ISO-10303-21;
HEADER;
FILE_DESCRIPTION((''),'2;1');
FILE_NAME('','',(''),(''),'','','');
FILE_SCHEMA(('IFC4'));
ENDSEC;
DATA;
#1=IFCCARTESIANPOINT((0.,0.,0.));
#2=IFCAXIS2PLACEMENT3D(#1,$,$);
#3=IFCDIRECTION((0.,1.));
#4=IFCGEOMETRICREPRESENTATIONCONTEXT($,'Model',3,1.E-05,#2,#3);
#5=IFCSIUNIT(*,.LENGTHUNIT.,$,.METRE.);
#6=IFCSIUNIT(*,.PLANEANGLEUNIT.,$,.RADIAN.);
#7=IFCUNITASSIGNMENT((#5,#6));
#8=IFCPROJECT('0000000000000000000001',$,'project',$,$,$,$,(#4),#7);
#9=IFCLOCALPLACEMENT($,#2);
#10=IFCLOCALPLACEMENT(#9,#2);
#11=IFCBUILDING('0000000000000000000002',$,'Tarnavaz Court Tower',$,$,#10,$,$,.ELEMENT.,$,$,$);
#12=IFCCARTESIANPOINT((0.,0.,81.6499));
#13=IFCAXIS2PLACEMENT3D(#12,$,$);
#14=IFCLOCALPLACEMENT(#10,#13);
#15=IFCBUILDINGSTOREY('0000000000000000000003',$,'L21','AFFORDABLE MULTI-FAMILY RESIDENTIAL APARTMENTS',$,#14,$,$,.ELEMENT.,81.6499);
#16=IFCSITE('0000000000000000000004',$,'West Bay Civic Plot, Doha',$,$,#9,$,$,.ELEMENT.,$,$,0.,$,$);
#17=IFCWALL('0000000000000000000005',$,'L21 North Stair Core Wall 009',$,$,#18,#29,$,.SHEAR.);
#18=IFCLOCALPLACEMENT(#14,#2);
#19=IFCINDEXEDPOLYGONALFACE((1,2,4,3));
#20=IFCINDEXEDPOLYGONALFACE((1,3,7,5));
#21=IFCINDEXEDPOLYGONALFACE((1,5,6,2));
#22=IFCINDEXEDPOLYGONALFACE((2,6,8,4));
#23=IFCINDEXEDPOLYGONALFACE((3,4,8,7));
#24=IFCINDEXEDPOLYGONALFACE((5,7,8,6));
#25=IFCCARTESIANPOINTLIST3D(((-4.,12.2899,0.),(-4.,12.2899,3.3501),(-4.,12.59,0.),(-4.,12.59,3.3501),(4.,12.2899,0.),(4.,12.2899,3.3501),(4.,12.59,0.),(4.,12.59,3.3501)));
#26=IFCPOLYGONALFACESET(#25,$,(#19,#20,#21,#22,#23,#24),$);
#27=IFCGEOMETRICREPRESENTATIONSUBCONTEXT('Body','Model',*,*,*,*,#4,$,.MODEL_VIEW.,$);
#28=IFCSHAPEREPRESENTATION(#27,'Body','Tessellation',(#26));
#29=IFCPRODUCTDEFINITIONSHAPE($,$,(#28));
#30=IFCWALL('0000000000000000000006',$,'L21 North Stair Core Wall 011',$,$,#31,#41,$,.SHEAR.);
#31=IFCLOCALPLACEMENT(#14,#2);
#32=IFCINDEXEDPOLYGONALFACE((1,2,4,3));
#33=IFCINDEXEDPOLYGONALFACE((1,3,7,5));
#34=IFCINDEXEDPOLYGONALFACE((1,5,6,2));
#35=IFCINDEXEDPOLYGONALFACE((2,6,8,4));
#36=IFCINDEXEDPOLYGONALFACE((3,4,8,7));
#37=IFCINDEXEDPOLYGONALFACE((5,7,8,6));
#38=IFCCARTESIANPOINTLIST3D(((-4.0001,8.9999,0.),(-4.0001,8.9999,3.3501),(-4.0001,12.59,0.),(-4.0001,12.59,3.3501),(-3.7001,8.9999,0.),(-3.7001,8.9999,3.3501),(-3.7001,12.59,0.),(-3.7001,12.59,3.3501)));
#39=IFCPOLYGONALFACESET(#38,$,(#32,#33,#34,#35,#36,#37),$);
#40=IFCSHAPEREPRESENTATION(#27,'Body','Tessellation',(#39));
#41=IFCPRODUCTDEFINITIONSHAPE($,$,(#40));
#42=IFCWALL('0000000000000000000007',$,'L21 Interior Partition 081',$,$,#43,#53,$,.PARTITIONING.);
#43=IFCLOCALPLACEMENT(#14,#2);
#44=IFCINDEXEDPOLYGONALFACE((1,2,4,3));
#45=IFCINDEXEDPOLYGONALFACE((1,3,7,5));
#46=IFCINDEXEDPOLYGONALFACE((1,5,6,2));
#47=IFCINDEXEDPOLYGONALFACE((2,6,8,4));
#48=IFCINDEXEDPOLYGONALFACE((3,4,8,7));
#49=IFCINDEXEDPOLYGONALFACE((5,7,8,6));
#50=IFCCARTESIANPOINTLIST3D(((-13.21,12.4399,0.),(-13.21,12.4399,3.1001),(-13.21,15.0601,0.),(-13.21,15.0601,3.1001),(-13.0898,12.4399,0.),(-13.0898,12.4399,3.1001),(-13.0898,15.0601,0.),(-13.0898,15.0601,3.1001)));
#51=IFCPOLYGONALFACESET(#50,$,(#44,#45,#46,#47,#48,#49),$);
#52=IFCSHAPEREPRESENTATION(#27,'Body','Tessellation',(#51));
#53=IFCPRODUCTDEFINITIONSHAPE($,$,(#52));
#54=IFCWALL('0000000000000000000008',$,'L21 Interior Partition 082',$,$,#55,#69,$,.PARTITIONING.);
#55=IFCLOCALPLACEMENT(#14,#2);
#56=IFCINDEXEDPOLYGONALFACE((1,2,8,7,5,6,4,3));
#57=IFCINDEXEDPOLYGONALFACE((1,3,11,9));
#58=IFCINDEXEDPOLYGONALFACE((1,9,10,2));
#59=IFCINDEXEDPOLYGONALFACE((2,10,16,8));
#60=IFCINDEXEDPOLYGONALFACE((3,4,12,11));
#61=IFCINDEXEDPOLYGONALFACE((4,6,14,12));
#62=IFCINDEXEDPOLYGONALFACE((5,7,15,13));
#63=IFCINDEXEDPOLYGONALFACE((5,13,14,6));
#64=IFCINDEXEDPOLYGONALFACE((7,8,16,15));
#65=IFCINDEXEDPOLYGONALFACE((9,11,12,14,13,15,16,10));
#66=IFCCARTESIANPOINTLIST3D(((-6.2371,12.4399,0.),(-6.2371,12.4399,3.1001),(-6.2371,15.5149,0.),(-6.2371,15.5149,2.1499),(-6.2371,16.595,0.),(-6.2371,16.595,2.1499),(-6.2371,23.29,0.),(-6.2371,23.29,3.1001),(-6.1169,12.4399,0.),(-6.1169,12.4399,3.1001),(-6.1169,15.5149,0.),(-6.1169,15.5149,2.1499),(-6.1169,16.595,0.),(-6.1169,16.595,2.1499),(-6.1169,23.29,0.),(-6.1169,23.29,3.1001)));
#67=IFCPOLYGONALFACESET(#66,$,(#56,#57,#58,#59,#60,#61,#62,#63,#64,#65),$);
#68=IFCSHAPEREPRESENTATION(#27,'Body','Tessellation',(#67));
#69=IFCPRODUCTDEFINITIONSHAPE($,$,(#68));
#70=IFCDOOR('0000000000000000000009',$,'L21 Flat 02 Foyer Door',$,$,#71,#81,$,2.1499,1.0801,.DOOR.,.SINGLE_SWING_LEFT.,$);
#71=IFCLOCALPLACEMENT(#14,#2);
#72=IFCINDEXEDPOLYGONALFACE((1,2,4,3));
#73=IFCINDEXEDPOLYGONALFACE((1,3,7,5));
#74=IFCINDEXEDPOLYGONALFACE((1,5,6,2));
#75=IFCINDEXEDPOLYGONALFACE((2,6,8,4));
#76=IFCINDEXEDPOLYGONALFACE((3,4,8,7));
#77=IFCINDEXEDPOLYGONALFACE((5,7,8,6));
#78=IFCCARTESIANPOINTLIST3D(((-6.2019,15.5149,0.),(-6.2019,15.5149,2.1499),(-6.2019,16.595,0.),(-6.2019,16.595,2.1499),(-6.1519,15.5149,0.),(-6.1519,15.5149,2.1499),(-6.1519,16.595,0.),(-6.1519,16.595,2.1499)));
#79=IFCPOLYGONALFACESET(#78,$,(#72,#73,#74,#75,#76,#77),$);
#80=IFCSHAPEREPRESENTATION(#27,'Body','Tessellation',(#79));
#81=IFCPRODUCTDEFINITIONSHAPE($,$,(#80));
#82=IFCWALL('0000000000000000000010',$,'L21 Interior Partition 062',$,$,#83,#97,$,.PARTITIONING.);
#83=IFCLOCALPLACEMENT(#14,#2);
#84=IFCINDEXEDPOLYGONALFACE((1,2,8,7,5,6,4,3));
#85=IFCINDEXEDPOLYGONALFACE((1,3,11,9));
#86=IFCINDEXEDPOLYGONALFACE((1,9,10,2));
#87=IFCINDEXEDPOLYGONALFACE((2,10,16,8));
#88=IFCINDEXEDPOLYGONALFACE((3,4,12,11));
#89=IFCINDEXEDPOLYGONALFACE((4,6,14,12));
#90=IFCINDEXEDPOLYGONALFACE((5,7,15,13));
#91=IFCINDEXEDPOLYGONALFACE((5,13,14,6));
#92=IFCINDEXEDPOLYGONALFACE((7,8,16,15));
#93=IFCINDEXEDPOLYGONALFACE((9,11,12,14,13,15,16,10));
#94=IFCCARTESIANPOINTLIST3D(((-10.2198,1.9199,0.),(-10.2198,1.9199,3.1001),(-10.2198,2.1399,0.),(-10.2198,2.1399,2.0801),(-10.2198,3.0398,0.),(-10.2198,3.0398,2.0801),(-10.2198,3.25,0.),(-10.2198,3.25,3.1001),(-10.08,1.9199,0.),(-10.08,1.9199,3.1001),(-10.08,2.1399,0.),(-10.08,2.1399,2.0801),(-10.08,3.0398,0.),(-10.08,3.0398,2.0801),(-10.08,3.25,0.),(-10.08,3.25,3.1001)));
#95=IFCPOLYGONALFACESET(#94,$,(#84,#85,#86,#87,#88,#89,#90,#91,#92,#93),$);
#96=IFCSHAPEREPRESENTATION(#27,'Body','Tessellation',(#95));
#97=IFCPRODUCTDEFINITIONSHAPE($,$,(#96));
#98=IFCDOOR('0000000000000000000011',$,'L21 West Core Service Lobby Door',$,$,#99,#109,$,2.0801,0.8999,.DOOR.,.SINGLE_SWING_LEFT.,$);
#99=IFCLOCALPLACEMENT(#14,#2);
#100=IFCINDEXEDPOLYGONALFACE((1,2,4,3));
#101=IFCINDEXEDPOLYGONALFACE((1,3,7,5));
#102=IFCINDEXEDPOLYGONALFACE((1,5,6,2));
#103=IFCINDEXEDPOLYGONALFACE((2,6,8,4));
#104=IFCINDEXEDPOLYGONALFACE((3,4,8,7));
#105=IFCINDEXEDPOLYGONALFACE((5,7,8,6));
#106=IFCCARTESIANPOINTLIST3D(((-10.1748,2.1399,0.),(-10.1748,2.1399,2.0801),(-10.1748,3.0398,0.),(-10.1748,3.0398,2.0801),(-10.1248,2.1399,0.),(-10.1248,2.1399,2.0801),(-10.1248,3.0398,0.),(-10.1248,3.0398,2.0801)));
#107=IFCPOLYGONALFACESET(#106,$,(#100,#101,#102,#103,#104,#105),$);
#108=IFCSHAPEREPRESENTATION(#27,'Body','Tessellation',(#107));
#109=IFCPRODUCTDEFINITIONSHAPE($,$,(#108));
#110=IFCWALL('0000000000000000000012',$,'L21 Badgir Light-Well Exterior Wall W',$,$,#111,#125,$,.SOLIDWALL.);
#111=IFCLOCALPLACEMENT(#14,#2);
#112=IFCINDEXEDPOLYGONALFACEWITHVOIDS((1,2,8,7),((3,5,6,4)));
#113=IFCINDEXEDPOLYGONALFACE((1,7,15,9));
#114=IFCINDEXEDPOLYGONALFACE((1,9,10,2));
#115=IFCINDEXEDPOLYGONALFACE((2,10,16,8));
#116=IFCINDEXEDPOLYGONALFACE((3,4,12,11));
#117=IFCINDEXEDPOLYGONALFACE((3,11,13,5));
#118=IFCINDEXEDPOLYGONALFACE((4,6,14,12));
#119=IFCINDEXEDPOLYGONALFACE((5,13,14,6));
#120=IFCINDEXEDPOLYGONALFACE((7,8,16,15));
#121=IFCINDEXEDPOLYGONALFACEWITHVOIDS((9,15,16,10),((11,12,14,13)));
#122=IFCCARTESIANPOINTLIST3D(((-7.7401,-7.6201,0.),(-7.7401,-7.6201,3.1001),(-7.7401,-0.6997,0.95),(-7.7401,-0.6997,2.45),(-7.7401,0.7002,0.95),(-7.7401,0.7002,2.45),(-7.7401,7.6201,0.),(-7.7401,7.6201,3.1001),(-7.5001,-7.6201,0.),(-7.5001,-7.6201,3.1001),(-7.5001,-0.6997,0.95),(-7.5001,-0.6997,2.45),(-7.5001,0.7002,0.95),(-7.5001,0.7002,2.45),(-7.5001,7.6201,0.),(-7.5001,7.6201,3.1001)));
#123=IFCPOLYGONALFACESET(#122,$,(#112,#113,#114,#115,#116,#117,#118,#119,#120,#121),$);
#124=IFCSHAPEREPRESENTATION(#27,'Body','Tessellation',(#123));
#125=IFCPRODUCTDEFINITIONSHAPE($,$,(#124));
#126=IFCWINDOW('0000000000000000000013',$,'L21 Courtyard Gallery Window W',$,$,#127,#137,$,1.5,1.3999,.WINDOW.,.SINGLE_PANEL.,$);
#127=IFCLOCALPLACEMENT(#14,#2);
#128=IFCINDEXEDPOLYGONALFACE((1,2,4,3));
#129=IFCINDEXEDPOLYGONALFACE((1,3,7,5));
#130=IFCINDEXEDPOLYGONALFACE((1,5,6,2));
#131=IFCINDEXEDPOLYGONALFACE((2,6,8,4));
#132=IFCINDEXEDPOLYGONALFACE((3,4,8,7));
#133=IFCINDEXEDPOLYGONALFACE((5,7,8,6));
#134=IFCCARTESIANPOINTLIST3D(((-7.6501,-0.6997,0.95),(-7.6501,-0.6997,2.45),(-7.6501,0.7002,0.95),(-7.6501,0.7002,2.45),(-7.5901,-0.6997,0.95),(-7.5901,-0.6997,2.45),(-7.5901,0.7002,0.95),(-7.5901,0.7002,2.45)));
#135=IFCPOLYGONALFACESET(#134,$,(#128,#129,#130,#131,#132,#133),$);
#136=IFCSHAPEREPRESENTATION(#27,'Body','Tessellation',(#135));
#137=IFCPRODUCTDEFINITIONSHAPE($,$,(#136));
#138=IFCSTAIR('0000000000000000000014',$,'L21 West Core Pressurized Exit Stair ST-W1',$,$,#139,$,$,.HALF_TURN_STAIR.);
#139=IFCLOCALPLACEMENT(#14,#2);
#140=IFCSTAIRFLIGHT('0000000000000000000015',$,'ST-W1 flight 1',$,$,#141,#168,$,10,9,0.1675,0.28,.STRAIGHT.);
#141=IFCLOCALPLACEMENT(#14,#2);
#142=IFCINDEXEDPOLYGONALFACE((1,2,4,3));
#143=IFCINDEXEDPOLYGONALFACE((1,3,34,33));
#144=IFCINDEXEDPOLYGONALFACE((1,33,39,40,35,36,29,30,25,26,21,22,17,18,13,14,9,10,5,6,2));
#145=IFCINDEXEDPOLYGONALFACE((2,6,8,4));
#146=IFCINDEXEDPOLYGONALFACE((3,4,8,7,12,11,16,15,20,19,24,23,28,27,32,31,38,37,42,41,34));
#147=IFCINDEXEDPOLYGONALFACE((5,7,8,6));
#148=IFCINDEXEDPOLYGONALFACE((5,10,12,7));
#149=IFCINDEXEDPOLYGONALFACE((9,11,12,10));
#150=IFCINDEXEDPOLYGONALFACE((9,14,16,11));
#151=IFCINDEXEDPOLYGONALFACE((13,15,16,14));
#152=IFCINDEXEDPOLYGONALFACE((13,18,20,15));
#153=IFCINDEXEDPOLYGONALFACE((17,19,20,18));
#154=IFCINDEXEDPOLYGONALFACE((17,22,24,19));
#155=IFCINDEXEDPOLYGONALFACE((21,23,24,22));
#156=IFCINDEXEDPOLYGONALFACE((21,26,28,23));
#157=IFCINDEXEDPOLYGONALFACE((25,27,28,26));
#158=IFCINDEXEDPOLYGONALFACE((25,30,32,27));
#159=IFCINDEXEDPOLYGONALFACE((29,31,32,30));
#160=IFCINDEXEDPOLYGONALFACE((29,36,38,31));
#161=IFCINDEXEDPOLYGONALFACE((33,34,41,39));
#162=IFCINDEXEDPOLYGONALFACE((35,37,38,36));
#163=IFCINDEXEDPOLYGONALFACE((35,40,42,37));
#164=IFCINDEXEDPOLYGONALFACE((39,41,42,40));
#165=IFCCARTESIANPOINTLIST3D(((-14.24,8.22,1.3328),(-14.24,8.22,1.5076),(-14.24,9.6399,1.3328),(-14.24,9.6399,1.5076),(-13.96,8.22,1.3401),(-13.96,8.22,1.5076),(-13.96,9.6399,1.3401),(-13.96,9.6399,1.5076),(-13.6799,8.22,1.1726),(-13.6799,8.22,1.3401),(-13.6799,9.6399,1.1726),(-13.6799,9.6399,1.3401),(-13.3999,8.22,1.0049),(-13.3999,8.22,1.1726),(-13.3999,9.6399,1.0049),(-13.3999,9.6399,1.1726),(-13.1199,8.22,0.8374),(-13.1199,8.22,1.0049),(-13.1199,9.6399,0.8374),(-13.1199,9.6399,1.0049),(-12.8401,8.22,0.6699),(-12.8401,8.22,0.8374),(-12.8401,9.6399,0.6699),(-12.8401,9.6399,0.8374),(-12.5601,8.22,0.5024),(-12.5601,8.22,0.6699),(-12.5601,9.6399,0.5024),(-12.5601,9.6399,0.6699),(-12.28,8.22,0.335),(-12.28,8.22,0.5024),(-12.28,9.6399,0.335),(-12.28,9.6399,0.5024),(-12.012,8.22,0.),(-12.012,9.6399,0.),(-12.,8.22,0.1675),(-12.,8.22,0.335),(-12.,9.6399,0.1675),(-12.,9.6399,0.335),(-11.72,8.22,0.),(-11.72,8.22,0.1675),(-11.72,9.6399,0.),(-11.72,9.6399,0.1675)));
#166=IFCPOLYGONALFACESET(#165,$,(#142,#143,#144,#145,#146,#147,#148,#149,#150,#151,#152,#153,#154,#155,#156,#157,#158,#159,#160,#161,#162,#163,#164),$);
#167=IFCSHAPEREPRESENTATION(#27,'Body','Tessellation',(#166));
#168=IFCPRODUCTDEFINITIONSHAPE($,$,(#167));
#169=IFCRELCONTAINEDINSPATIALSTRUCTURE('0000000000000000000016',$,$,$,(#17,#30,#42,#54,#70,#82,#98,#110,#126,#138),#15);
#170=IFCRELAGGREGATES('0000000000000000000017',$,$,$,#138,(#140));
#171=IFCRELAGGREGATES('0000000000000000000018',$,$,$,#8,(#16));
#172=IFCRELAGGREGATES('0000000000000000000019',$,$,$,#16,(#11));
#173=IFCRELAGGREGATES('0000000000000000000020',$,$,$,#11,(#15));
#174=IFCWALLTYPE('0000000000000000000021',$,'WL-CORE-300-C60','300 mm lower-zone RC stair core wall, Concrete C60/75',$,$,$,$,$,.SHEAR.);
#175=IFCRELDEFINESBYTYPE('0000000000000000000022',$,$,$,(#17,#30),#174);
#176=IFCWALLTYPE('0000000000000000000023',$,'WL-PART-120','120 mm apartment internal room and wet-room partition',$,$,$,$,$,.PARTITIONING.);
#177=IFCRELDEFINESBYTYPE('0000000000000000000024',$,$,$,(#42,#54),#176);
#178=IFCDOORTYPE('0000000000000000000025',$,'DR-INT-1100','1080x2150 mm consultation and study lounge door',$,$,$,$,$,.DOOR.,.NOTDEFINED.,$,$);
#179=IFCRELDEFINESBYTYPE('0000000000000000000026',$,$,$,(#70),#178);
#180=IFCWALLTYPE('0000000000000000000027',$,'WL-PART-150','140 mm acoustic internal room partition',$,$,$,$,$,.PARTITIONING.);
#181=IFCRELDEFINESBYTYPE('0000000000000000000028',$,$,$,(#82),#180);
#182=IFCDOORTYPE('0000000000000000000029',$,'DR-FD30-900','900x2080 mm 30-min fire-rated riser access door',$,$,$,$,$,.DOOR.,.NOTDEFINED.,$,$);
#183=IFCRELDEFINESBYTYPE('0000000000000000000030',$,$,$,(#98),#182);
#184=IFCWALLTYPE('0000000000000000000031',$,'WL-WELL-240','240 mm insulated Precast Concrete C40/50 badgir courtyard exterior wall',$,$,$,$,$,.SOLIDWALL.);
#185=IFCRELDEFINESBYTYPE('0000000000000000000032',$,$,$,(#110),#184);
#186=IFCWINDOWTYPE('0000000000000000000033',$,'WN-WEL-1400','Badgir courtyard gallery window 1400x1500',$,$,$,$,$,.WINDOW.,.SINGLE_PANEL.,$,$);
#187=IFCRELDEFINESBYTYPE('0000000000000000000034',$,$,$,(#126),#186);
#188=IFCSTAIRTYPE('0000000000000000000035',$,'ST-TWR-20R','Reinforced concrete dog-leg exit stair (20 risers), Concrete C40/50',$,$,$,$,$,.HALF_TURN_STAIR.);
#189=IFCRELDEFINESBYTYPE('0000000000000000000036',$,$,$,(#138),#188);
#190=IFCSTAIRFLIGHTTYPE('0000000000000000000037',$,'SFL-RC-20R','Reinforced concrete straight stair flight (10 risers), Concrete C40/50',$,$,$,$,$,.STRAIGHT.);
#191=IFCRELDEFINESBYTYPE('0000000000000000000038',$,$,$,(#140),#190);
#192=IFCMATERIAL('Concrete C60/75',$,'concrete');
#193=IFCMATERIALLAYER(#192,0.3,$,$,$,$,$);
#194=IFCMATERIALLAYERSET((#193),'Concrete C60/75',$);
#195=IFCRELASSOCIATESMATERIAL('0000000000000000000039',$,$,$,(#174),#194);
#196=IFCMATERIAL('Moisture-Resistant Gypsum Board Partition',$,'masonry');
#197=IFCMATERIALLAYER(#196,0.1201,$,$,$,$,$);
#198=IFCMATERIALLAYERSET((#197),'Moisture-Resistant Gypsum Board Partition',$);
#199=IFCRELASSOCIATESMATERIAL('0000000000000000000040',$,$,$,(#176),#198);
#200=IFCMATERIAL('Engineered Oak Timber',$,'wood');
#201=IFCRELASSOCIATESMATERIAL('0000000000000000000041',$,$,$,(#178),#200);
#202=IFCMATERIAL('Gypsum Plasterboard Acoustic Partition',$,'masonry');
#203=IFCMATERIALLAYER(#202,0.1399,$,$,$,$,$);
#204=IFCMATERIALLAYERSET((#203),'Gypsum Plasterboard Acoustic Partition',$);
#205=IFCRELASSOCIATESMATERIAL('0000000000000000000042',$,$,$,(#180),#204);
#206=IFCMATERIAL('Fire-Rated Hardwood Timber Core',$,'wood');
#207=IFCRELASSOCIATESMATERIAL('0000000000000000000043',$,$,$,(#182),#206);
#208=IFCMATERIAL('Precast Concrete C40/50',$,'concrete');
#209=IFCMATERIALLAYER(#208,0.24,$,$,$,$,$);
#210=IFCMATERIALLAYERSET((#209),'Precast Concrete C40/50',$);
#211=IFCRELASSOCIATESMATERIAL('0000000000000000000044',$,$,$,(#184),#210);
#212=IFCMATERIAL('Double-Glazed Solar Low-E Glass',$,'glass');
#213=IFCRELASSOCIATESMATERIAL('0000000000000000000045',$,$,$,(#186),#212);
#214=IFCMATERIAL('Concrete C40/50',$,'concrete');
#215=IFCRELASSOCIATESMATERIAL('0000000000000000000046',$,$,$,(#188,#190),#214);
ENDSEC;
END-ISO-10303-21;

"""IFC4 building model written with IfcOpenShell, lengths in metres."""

from ifc_helpers import new_model, si_unit, direction, frame, frame_2d, origin, place, context, subcontext, project, spatial, polyline, rectangle, outline, extrude, material, layer, layer_set, type_object, element, fill, aggregate, save


model = new_model("IFC4")

# Units and contexts
model_context = context("Model", 3, precision=1e-05, world=origin(), true_north=direction((0.0, 1.0)))
body_context = subcontext(model_context, "Body", "Model", "MODEL_VIEW")
ifc_project = project(units=[si_unit("LENGTHUNIT", "METRE"), si_unit("PLANEANGLEUNIT", "RADIAN")], contexts=[model_context])

# Site, building, storey
site_placement = place(None, origin())
site = spatial("IfcSite", under=ifc_project, at=site_placement, Name="West Bay Civic Plot, Doha", CompositionType="ELEMENT", RefElevation=0.0)
building_placement = place(site_placement, origin())
building = spatial("IfcBuilding", under=site, at=building_placement, Name="Tarnavaz Court Tower", CompositionType="ELEMENT")
storey_placement = place(building_placement, frame((0.0, 0.0, 81.6499)))
storey = spatial("IfcBuildingStorey", under=building, at=storey_placement, Name="L21", Description="AFFORDABLE MULTI-FAMILY RESIDENTIAL APARTMENTS", CompositionType="ELEMENT", Elevation=81.6499)

# Shared definitions
ifc_material_1 = material(Name="Concrete C60/75", Category="concrete")

# Wall
ifc_layer_1 = layer(ifc_material_1, 0.3)
ifc_layer_set_1 = layer_set([ifc_layer_1], Name="Concrete C60/75")
wall_type_1 = type_object("IfcWallType", Name="WL-CORE-300-C60", Description="300 mm lower-zone RC stair core wall, Concrete C60/75", PredefinedType="SHEAR", material=ifc_layer_set_1)
wall_1_placement = place(storey_placement, frame((-4.0, 12.4399, 0.0), z_axis=(0.0, 0.0, 1.0), x_axis=(1.0, 0.0, 0.0)))
element("IfcWall", 1, at=wall_1_placement, inside=storey, type_object=wall_type_1, Name="L21 North Stair Core Wall 009", PredefinedType="SHEAR", context=body_context, shape_type="SweptSolid", body=[
    extrude(rectangle(XDim=8.0, YDim=0.3, at=frame_2d((4.0, 0.0))), origin(), (0.0, 0.0, 1.0), 3.3501),
])

# Shared definitions
ifc_material_2 = material(Name="Fire-Rated Hardwood Timber Core", Category="wood")

# Wall
wall_2_placement = place(storey_placement, frame((-3.8501, 9.0, 0.0), z_axis=(0.0, 0.0, 1.0), x_axis=(0.0, 1.0, 0.0)))
element("IfcWall", 2, at=wall_2_placement, inside=storey, type_object=wall_type_1, Name="L21 North Stair Core Wall 011", PredefinedType="SHEAR", context=body_context, shape_type="SweptSolid", body=[
    extrude(rectangle(XDim=3.5901, YDim=0.3, at=frame_2d((1.7949, 0.0))), origin(), (0.0, 0.0, 1.0), 3.3501),
])

# Wall
ifc_material_3 = material(Name="Moisture-Resistant Gypsum Board Partition", Category="masonry")
ifc_layer_2 = layer(ifc_material_3, 0.1201)
ifc_layer_set_2 = layer_set([ifc_layer_2], Name="Moisture-Resistant Gypsum Board Partition")
wall_type_2 = type_object("IfcWallType", Name="WL-PART-120", Description="120 mm apartment internal room and wet-room partition", PredefinedType="PARTITIONING", material=ifc_layer_set_2)
wall_3_placement = place(storey_placement, frame((-13.1499, 12.4399, 0.0), z_axis=(0.0, 0.0, 1.0), x_axis=(0.0, 1.0, 0.0)))
element("IfcWall", 3, at=wall_3_placement, inside=storey, type_object=wall_type_2, Name="L21 Interior Partition 081", PredefinedType="PARTITIONING", context=body_context, shape_type="SweptSolid", body=[
    extrude(rectangle(XDim=2.6201, YDim=0.1201, at=frame_2d((1.3101, 0.0))), origin(), (0.0, 0.0, 1.0), 3.1001),
])

# Walls, openings, doors
wall_4_placement = place(storey_placement, frame((-6.177, 12.4399, 0.0), z_axis=(0.0, 0.0, 1.0), x_axis=(0.0, 1.0, 0.0)))
wall_4 = element("IfcWall", 4, at=wall_4_placement, inside=storey, type_object=wall_type_2, Name="L21 Interior Partition 082", PredefinedType="PARTITIONING", context=body_context, shape_type="SweptSolid", body=[
    extrude(rectangle(XDim=10.8501, YDim=0.1201, at=frame_2d((5.425, 0.0))), origin(), (0.0, 0.0, 1.0), 3.1001),
])
opening_1_placement = place(wall_4_placement, frame((3.075, 0.0, 0.0)))
opening_1 = element("IfcOpeningElement", 5, at=opening_1_placement, cuts=wall_4, PredefinedType="OPENING", context=body_context, shape_type="SweptSolid", body=[
    extrude(rectangle(XDim=1.0801, YDim=2.1499, at=frame_2d((0.54, 1.075))), frame((0.0, 0.0701, 0.0), z_axis=(0.0, -1.0, 0.0), x_axis=(1.0, 0.0, 0.0)), (0.0, 0.0, 1.0), 0.1401),
])
ifc_material_4 = material(Name="Engineered Oak Timber", Category="wood")
door_type_1 = type_object("IfcDoorType", Name="DR-INT-1100", Description="1080x2150 mm consultation and study lounge door", OperationType="NOTDEFINED", PredefinedType="DOOR", material=ifc_material_4)
door_1_placement = place(opening_1_placement, origin())
door_1 = element("IfcDoor", 6, at=door_1_placement, inside=storey, type_object=door_type_1, Name="L21 Flat 02 Foyer Door", OperationType="SINGLE_SWING_LEFT", OverallHeight=2.1499, OverallWidth=1.0801, PredefinedType="DOOR", context=body_context, shape_type="SweptSolid", body=[
    extrude(rectangle(XDim=1.0801, YDim=2.1499, at=frame_2d((0.54, 1.075))), frame((0.0, 0.0249, 0.0), z_axis=(0.0, -1.0, 0.0), x_axis=(1.0, 0.0, 0.0)), (0.0, 0.0, 1.0), 0.05),
])
fill(opening_1, door_1)
ifc_material_5 = material(Name="Gypsum Plasterboard Acoustic Partition", Category="masonry")
ifc_layer_3 = layer(ifc_material_5, 0.1399)
ifc_layer_set_3 = layer_set([ifc_layer_3], Name="Gypsum Plasterboard Acoustic Partition")
wall_type_3 = type_object("IfcWallType", Name="WL-PART-150", Description="140 mm acoustic internal room partition", PredefinedType="PARTITIONING", material=ifc_layer_set_3)
wall_5_placement = place(storey_placement, frame((-10.1499, 1.9199, 0.0), z_axis=(0.0, 0.0, 1.0), x_axis=(0.0, 1.0, 0.0)))
wall_5 = element("IfcWall", 7, at=wall_5_placement, inside=storey, type_object=wall_type_3, Name="L21 Interior Partition 062", PredefinedType="PARTITIONING", context=body_context, shape_type="SweptSolid", body=[
    extrude(rectangle(XDim=1.3301, YDim=0.1399, at=frame_2d((0.665, 0.0))), origin(), (0.0, 0.0, 1.0), 3.1001),
])
opening_2_placement = place(wall_5_placement, frame((0.22, 0.0, 0.0)))
opening_2 = element("IfcOpeningElement", 8, at=opening_2_placement, cuts=wall_5, PredefinedType="OPENING", context=body_context, shape_type="SweptSolid", body=[
    extrude(rectangle(XDim=0.8999, YDim=2.0801, at=frame_2d((0.45, 1.04))), frame((0.0, 0.0798, 0.0), z_axis=(0.0, -1.0, 0.0), x_axis=(1.0, 0.0, 0.0)), (0.0, 0.0, 1.0), 0.1599),
])
door_type_2 = type_object("IfcDoorType", Name="DR-FD30-900", Description="900x2080 mm 30-min fire-rated riser access door", OperationType="NOTDEFINED", PredefinedType="DOOR", material=ifc_material_2)
door_2_placement = place(opening_2_placement, origin())
door_2 = element("IfcDoor", 9, at=door_2_placement, inside=storey, type_object=door_type_2, Name="L21 West Core Service Lobby Door", OperationType="SINGLE_SWING_LEFT", OverallHeight=2.0801, OverallWidth=0.8999, PredefinedType="DOOR", context=body_context, shape_type="SweptSolid", body=[
    extrude(rectangle(XDim=0.8999, YDim=2.0801, at=frame_2d((0.45, 1.04))), frame((0.0, 0.0249, 0.0), z_axis=(0.0, -1.0, 0.0), x_axis=(1.0, 0.0, 0.0)), (0.0, 0.0, 1.0), 0.05),
])
fill(opening_2, door_2)

# Wall, opening, window
ifc_material_6 = material(Name="Precast Concrete C40/50", Category="concrete")
ifc_layer_4 = layer(ifc_material_6, 0.24)
ifc_layer_set_4 = layer_set([ifc_layer_4], Name="Precast Concrete C40/50")
wall_type_4 = type_object("IfcWallType", Name="WL-WELL-240", Description="240 mm insulated Precast Concrete C40/50 badgir courtyard exterior wall", PredefinedType="SOLIDWALL", material=ifc_layer_set_4)
wall_6_placement = place(storey_placement, frame((-7.6201, 7.6201, 0.0), z_axis=(0.0, 0.0, 1.0), x_axis=(0.0, -1.0, 0.0)))
wall_6 = element("IfcWall", 10, at=wall_6_placement, inside=storey, type_object=wall_type_4, Name="L21 Badgir Light-Well Exterior Wall W", PredefinedType="SOLIDWALL", context=body_context, shape_type="SweptSolid", body=[
    extrude(rectangle(XDim=15.2402, YDim=0.24, at=frame_2d((7.6201, 0.0))), origin(), (0.0, 0.0, 1.0), 3.1001),
])
opening_3_placement = place(wall_6_placement, frame((6.9199, 0.0, 0.95)))
opening_3 = element("IfcOpeningElement", 11, at=opening_3_placement, cuts=wall_6, PredefinedType="OPENING", context=body_context, shape_type="SweptSolid", body=[
    extrude(rectangle(XDim=1.3999, YDim=1.5, at=frame_2d((0.7, 0.75))), frame((0.0, 0.1299, 0.0), z_axis=(0.0, -1.0, 0.0), x_axis=(1.0, 0.0, 0.0)), (0.0, 0.0, 1.0), 0.26),
])
ifc_material_7 = material(Name="Double-Glazed Solar Low-E Glass", Category="glass")
window_type = type_object("IfcWindowType", Name="WN-WEL-1400", Description="Badgir courtyard gallery window 1400x1500", PartitioningType="SINGLE_PANEL", PredefinedType="WINDOW", material=ifc_material_7)
window_placement = place(opening_3_placement, origin())
window = element("IfcWindow", 12, at=window_placement, inside=storey, type_object=window_type, Name="L21 Courtyard Gallery Window W", OverallHeight=1.5, OverallWidth=1.3999, PartitioningType="SINGLE_PANEL", PredefinedType="WINDOW", context=body_context, shape_type="SweptSolid", body=[
    extrude(rectangle(XDim=1.3999, YDim=1.5, at=frame_2d((0.7, 0.75))), frame((0.0, 0.03, 0.0), z_axis=(0.0, -1.0, 0.0), x_axis=(1.0, 0.0, 0.0)), (0.0, 0.0, 1.0), 0.0601),
])
fill(opening_3, window)

# Stair, stair flight
ifc_material_8 = material(Name="Concrete C40/50", Category="concrete")
stair_type = type_object("IfcStairType", Name="ST-TWR-20R", Description="Reinforced concrete dog-leg exit stair (20 risers), Concrete C40/50", PredefinedType="HALF_TURN_STAIR", material=ifc_material_8)
stair_1_placement = place(storey_placement, origin())
stair_1 = element("IfcStair", 13, at=stair_1_placement, inside=storey, type_object=stair_type, Name="L21 West Core Pressurized Exit Stair ST-W1", PredefinedType="HALF_TURN_STAIR")
stair_flight_type = type_object("IfcStairFlightType", Name="SFL-RC-20R", Description="Reinforced concrete straight stair flight (10 risers), Concrete C40/50", PredefinedType="STRAIGHT", material=ifc_material_8)
stair_flight_1_placement = place(storey_placement, frame((-11.72, 8.9299, 0.0), z_axis=(0.0, 0.0, 1.0), x_axis=(-1.0, 0.0, 0.0)))
stair_flight_1 = element("IfcStairFlight", 14, at=stair_flight_1_placement, type_object=stair_flight_type, Name="ST-W1 flight 1", NumberOfRisers=10, NumberOfTreads=9, PredefinedType="STRAIGHT", RiserHeight=0.1675, TreadLength=0.28, context=body_context, shape_type="SweptSolid", body=[
    extrude(outline(polyline([(0.0, 0.0), (0.0, 0.1675), (0.28, 0.1675), (0.28, 0.335), (0.5601, 0.335), (0.5601, 0.5024), (0.8401, 0.5024), (0.8401, 0.6699), (1.1201, 0.6699), (1.1201, 0.8374), (1.3999, 0.8374), (1.3999, 1.0049), (1.6799, 1.0049), (1.6799, 1.1726), (1.96, 1.1726), (1.96, 1.3401), (2.24, 1.3401), (2.24, 1.5076), (2.52, 1.5076), (2.52, 1.675), (2.52, 1.3328), (0.292, 0.0), (0.0, 0.0)])), frame((0.0, 0.71, 0.0), z_axis=(0.0, -1.0, 0.0), x_axis=(1.0, 0.0, 0.0)), (0.0, 0.0, 1.0), 1.4199),
])
aggregate(stair_1, [stair_flight_1])

save(model, "model.ifc")
